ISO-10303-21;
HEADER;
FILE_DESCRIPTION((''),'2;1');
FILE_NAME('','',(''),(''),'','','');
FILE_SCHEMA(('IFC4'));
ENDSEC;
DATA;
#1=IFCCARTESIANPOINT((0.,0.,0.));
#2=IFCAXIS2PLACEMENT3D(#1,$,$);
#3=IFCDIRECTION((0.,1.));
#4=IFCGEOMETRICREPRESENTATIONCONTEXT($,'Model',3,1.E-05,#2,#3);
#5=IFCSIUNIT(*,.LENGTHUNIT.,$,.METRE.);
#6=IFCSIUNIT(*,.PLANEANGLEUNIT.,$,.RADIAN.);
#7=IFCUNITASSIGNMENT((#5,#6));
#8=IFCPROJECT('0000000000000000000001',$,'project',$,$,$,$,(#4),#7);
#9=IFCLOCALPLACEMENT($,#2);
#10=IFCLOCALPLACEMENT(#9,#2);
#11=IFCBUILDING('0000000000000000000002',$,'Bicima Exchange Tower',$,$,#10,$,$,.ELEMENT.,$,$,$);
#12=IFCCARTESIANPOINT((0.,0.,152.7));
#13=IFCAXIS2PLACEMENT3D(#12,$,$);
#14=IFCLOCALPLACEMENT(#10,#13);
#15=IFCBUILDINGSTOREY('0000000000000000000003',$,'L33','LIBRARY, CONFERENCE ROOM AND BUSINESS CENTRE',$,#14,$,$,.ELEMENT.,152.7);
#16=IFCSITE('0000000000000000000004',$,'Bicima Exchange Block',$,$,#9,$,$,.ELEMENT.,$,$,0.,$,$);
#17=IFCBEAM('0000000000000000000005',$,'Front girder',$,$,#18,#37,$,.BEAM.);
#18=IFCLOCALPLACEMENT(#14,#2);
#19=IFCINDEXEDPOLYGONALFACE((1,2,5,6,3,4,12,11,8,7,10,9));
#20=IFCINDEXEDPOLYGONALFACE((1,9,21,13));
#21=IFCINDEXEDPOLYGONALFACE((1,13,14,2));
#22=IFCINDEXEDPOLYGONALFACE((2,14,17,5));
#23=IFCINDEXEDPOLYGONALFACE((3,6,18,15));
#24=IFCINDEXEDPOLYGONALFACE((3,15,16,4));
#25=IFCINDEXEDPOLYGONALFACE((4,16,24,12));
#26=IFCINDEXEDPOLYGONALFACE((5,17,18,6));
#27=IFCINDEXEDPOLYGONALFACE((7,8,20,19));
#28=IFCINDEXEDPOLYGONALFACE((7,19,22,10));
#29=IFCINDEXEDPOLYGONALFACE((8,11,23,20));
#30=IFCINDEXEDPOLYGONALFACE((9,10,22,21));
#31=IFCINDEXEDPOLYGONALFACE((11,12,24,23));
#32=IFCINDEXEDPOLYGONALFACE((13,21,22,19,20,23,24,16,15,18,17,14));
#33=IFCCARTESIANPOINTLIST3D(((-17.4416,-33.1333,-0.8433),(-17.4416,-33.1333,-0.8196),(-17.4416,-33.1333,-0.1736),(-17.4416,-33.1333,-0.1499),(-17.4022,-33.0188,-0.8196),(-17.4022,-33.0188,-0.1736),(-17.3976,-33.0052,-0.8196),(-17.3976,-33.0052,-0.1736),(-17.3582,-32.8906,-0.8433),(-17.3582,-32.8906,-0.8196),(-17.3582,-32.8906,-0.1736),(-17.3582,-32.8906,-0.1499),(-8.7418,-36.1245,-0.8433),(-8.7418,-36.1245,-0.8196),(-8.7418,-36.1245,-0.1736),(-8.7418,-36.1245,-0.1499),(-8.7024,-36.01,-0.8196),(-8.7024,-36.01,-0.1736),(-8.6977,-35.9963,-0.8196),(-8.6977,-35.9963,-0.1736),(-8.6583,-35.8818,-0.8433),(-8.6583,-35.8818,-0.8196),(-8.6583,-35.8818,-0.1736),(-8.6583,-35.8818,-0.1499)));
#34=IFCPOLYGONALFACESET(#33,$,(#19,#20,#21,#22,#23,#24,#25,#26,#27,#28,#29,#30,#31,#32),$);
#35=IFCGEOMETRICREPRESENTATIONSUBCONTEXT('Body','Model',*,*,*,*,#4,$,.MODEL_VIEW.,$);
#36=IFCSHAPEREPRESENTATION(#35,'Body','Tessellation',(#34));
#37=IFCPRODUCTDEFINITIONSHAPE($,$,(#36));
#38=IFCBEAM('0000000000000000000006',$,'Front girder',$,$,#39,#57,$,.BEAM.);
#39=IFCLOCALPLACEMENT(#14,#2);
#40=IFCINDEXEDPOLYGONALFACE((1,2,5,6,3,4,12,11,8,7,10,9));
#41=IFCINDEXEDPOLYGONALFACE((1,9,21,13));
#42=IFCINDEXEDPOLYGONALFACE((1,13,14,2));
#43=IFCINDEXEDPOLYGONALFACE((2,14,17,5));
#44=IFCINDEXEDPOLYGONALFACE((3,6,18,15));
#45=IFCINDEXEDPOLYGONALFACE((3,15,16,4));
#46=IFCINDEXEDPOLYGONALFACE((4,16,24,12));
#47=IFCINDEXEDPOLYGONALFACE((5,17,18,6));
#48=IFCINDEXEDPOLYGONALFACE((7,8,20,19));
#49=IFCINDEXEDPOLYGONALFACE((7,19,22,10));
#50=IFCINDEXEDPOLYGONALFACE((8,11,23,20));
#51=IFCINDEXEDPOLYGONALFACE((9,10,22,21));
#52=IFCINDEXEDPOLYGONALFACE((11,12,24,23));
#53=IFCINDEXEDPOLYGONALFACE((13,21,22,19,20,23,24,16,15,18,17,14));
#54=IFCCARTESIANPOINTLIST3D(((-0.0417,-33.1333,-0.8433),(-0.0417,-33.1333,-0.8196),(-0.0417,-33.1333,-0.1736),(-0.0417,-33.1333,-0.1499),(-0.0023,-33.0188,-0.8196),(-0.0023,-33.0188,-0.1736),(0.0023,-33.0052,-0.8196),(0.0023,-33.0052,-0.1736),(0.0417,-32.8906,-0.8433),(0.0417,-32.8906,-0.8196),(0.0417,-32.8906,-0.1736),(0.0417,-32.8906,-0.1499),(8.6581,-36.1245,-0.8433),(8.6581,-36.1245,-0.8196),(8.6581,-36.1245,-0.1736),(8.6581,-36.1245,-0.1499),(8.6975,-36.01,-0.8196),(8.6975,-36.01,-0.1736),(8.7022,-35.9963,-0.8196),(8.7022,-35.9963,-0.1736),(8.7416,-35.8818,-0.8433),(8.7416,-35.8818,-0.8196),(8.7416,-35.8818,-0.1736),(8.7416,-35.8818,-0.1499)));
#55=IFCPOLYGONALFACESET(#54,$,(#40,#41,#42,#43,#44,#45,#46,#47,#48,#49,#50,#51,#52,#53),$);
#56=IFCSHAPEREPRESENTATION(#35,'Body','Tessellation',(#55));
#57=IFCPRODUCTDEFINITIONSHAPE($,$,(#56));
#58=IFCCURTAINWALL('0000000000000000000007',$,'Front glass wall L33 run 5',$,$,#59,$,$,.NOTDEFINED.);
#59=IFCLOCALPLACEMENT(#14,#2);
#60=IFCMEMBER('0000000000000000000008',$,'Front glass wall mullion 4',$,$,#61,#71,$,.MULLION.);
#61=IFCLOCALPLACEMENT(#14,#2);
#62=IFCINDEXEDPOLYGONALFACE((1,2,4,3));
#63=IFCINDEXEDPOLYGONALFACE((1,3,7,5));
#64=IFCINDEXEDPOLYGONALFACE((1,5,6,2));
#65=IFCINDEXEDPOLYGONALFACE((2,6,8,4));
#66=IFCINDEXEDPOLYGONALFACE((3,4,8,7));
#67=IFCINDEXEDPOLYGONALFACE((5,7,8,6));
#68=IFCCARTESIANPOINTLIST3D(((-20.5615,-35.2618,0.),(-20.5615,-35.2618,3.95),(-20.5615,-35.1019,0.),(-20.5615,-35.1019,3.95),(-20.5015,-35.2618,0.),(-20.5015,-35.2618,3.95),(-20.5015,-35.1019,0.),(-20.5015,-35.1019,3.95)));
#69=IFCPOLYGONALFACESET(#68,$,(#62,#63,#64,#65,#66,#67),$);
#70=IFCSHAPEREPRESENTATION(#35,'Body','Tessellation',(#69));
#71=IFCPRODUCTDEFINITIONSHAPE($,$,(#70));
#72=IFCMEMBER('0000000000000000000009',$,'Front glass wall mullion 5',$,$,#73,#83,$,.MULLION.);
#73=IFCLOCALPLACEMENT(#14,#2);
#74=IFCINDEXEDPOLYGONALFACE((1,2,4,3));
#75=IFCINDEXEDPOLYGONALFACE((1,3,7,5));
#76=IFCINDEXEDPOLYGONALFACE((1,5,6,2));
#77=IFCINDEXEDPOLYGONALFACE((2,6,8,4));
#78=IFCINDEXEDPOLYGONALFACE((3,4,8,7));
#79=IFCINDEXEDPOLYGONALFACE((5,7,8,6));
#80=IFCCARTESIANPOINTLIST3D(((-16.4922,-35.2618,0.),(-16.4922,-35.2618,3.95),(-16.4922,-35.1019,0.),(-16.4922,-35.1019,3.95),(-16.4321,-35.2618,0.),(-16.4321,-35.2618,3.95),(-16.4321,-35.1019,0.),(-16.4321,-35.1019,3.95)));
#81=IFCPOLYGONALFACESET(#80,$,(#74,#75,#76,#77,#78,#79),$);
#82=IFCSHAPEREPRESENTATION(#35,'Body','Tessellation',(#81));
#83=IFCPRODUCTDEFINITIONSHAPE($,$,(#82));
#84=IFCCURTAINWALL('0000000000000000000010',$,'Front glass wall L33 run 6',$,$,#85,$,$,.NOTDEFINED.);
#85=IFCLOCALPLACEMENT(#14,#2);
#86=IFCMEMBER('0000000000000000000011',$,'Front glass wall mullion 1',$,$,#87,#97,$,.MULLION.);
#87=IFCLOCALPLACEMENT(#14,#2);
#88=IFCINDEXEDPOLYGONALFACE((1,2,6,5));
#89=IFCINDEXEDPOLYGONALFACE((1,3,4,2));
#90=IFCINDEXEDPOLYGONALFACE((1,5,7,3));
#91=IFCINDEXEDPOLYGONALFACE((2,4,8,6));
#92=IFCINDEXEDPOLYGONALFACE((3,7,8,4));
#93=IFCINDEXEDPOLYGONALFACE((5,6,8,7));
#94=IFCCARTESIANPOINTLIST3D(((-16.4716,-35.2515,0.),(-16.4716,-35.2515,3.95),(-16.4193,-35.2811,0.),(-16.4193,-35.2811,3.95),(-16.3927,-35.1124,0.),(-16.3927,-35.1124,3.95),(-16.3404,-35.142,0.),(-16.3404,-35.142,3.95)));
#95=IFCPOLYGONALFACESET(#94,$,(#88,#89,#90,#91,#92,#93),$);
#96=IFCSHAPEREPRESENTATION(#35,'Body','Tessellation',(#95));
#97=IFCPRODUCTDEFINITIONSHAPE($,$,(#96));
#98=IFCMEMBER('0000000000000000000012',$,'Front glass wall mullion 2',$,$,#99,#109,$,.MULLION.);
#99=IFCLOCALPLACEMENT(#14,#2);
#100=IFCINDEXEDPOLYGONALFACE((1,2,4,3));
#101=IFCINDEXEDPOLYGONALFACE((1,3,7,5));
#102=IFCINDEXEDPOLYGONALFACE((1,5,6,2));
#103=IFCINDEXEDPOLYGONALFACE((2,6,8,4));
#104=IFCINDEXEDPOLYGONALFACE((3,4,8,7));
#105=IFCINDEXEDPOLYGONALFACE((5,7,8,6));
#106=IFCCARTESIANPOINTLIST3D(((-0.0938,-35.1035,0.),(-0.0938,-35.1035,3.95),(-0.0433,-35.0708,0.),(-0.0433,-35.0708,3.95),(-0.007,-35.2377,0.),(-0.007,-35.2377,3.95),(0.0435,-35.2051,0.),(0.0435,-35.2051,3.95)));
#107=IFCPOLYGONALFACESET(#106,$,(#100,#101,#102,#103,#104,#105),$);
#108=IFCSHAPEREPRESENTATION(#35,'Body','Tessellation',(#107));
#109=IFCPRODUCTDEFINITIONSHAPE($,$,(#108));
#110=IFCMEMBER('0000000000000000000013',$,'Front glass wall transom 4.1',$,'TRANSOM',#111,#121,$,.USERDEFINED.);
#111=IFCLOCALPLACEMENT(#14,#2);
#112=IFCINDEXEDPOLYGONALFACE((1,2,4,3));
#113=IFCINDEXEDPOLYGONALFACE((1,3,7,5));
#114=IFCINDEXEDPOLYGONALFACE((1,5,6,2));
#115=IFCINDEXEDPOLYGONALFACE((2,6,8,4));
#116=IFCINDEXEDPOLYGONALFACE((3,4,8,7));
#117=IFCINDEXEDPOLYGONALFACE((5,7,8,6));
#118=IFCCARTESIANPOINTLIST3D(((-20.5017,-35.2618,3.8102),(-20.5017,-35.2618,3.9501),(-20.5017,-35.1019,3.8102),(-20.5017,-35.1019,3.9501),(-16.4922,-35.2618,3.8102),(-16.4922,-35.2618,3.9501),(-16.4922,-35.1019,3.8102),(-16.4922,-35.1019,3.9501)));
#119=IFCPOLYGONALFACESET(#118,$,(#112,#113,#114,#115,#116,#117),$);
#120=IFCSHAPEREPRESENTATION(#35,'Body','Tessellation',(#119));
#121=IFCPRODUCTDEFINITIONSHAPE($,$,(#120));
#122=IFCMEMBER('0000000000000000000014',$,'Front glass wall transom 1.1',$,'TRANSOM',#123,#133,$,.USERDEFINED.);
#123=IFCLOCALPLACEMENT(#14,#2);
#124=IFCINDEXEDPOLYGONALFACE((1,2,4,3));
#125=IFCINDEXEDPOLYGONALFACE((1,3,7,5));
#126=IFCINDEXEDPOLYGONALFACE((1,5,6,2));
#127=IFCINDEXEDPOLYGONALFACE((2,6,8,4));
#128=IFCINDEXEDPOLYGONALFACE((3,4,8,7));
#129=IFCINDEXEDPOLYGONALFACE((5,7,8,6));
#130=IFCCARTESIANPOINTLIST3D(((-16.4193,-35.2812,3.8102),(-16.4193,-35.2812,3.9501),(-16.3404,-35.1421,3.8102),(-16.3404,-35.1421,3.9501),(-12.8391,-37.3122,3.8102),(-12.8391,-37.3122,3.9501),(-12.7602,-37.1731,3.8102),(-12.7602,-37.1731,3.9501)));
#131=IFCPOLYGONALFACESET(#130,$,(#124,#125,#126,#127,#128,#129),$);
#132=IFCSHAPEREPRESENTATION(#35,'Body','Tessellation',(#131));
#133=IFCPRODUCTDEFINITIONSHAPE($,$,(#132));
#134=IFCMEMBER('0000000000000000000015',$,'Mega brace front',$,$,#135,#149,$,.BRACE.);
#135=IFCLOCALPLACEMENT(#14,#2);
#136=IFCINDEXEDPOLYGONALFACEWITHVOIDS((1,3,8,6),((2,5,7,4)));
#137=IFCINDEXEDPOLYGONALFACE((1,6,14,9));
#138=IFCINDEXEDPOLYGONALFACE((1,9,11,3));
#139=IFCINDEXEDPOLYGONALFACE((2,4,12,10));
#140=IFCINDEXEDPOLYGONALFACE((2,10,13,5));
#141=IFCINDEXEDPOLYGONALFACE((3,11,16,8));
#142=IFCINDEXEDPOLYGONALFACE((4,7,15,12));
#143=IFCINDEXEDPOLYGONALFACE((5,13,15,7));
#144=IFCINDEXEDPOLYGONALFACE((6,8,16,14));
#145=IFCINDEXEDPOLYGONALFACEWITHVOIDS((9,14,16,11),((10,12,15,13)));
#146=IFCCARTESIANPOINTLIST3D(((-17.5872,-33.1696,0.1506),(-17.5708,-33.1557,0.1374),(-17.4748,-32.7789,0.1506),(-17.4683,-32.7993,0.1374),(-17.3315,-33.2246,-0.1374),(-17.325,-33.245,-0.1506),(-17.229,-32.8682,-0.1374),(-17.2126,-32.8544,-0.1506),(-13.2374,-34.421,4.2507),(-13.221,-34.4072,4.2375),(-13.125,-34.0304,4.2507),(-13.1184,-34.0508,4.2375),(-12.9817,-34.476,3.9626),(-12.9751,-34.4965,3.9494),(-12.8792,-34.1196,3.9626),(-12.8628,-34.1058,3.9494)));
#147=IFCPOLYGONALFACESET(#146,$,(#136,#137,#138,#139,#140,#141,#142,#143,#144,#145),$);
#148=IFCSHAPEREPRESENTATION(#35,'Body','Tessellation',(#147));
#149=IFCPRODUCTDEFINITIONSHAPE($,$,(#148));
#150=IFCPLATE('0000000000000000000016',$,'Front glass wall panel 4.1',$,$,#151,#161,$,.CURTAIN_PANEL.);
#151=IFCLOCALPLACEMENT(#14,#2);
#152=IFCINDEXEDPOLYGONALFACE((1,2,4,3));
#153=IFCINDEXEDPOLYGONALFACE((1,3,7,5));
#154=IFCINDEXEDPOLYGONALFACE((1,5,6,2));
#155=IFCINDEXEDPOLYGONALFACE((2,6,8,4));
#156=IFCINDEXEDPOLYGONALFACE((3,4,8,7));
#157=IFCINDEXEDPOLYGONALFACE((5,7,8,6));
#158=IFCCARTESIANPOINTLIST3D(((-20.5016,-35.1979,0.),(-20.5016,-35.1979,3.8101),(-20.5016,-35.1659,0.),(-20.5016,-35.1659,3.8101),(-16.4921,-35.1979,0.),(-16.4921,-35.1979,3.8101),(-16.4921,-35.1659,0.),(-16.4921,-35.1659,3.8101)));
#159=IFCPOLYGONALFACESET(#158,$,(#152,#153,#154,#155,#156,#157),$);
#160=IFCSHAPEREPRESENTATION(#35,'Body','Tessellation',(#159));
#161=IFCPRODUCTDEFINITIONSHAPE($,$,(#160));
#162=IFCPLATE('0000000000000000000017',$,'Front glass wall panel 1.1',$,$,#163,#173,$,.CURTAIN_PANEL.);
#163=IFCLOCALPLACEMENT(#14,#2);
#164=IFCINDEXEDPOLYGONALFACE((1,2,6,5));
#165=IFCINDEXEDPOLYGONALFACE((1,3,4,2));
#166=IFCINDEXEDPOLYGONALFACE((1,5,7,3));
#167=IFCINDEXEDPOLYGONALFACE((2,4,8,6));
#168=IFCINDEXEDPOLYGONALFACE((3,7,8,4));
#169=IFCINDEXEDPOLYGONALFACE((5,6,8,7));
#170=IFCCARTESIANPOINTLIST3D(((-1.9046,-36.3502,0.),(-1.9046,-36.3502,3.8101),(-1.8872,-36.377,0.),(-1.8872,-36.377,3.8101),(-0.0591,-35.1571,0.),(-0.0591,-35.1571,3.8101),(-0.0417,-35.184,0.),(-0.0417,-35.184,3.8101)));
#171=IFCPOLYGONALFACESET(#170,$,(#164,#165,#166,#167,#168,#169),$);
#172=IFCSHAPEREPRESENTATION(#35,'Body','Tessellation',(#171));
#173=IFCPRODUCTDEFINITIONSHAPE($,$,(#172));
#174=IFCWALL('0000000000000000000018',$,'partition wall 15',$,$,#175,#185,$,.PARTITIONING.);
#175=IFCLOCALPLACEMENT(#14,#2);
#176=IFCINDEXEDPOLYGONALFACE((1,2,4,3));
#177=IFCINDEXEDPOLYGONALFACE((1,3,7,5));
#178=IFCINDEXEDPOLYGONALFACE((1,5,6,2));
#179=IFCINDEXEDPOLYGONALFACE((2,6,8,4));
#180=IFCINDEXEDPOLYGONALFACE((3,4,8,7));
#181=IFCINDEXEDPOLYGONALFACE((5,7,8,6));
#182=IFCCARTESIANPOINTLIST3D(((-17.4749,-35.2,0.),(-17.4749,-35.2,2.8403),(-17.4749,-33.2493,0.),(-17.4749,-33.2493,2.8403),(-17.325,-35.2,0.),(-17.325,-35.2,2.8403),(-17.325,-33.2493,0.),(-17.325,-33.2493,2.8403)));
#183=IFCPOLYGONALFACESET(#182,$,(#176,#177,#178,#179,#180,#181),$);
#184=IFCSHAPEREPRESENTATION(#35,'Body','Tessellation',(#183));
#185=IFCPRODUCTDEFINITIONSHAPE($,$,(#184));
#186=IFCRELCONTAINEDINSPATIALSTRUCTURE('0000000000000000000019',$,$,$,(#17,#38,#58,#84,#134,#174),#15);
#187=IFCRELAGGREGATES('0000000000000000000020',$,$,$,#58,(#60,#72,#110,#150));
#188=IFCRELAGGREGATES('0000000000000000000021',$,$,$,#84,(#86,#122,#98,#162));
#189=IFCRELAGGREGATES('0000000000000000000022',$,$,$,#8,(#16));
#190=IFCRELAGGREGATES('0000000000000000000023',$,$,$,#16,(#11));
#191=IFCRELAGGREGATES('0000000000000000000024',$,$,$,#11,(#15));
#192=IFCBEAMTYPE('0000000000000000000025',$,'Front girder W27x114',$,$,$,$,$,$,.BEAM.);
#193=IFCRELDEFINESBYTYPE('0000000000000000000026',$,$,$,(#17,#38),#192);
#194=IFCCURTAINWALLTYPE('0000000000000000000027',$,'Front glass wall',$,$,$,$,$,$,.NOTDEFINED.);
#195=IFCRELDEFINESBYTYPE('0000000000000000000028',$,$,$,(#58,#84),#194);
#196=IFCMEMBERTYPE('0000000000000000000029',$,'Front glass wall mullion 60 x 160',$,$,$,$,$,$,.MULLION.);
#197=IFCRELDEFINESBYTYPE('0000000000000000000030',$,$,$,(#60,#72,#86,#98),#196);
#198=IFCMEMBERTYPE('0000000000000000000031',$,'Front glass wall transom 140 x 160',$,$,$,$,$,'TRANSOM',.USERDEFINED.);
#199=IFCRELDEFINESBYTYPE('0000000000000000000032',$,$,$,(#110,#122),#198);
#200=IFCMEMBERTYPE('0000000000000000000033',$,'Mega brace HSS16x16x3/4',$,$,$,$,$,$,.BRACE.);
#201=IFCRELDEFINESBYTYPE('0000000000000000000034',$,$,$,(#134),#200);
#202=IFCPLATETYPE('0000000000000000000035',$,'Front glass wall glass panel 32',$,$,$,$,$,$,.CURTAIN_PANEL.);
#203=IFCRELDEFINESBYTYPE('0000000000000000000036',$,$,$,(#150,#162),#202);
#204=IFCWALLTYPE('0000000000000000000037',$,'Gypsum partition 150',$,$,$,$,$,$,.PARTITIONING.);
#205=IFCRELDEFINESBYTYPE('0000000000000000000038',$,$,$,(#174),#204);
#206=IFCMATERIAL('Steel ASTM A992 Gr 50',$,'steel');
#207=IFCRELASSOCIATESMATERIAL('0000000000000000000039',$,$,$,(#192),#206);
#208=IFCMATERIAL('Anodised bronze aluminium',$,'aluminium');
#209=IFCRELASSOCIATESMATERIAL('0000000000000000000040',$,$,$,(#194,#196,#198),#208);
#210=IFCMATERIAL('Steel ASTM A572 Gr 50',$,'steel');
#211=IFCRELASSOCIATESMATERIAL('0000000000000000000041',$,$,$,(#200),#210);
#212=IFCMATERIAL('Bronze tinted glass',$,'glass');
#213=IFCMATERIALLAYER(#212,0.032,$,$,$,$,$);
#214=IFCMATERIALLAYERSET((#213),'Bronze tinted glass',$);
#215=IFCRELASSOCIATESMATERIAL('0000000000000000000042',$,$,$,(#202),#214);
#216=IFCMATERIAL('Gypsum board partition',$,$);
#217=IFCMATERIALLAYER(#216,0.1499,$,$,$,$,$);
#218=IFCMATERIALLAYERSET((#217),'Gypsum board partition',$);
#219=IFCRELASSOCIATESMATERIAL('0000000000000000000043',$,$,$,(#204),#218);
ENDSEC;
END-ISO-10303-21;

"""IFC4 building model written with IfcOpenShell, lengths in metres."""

from ifc_helpers import new_model, si_unit, direction, frame, frame_2d, origin, origin_2d, place, context, subcontext, project, spatial, rectangle, hollow_rectangle, i_section, extrude, material, layer, layer_set, material_profile, profile_set, type_object, element, aggregate, save


model = new_model("IFC4")

# Units and contexts
model_context = context("Model", 3, precision=1e-05, world=origin(), true_north=direction((0.0, 1.0)))
body_context = subcontext(model_context, "Body", "Model", "MODEL_VIEW")
ifc_project = project(units=[si_unit("LENGTHUNIT", "METRE"), si_unit("PLANEANGLEUNIT", "RADIAN")], contexts=[model_context])

# Site, building, storey
site_placement = place(None, origin())
site = spatial("IfcSite", under=ifc_project, at=site_placement, Name="Bicima Exchange Block", CompositionType="ELEMENT", RefElevation=0.0)
building_placement = place(site_placement, origin())
building = spatial("IfcBuilding", under=site, at=building_placement, Name="Bicima Exchange Tower", CompositionType="ELEMENT")
storey_placement = place(building_placement, frame((0.0, 0.0, 152.7)))
storey = spatial("IfcBuildingStorey", under=building, at=storey_placement, Name="L33", Description="LIBRARY, CONFERENCE ROOM AND BUSINESS CENTRE", CompositionType="ELEMENT", Elevation=152.7)

# Shared definitions
ifc_material_1 = material(Name="Steel ASTM A992 Gr 50", Category="steel")

# Beams
ifc_material_profile_1 = material_profile(ifc_material_1, i_section(OverallWidth=0.2566, OverallDepth=0.6934, WebThickness=0.0144, FlangeThickness=0.0237, at=origin_2d()))
ifc_profile_set_1 = profile_set([ifc_material_profile_1], Name="Steel ASTM A992 Gr 50")
beam_type_1 = type_object("IfcBeamType", Name="Front girder W27x114", PredefinedType="BEAM", material=ifc_profile_set_1)
for number, where, z_axis, x_axis, name in (
    (1, (-17.3999, -33.012, -0.4966), (0.945666, -0.325138, 0.0), (0.325138, 0.945666, 0.0), "Front girder"),
    (2, (0.0, -33.012, -0.4966), (0.945666, -0.325138, 0.0), (0.325138, 0.945666, 0.0), "Front girder"),
):
    element("IfcBeam", number, at=place(storey_placement, frame(where, z_axis=z_axis, x_axis=x_axis)), inside=storey, type_object=beam_type_1, Name=name, PredefinedType="BEAM", context=body_context, shape_type="SweptSolid", body=[
        extrude(i_section(OverallWidth=0.2566, OverallDepth=0.6934, WebThickness=0.0144, FlangeThickness=0.0237, at=origin_2d()), origin(), (0.0, 0.0, 1.0), 9.1997),
    ])

# Curtain walls, members
ifc_material_2 = material(Name="Anodised bronze aluminium", Category="aluminium")
curtain_wall_type = type_object("IfcCurtainWallType", Name="Front glass wall", PredefinedType="NOTDEFINED", material=ifc_material_2)
curtain_wall_1_placement = place(storey_placement, origin())
curtain_wall_1 = element("IfcCurtainWall", 3, at=curtain_wall_1_placement, inside=storey, type_object=curtain_wall_type, Name="Front glass wall L33 run 5", PredefinedType="NOTDEFINED")
ifc_material_profile_2 = material_profile(ifc_material_2, rectangle(XDim=0.1599, YDim=0.0601, at=origin_2d()))
ifc_profile_set_2 = profile_set([ifc_material_profile_2], Name="Anodised bronze aluminium")
member_type_1 = type_object("IfcMemberType", Name="Front glass wall mullion 60 x 160", PredefinedType="MULLION", material=ifc_profile_set_2)
member_1_placement = place(storey_placement, frame((-20.5315, -35.1819, 0.0), z_axis=(0.0, 0.0, 1.0), x_axis=(0.0, 1.0, 0.0)))
member_1 = element("IfcMember", 4, at=member_1_placement, type_object=member_type_1, Name="Front glass wall mullion 4", PredefinedType="MULLION", context=body_context, shape_type="SweptSolid", body=[
    extrude(rectangle(XDim=0.1599, YDim=0.0601, at=origin_2d()), origin(), (0.0, 0.0, 1.0), 3.95),
])
member_2_placement = place(storey_placement, frame((-16.4622, -35.1819, 0.0), z_axis=(0.0, 0.0, 1.0), x_axis=(0.0, 1.0, 0.0)))
member_2 = element("IfcMember", 5, at=member_2_placement, type_object=member_type_1, Name="Front glass wall mullion 5", PredefinedType="MULLION", context=body_context, shape_type="SweptSolid", body=[
    extrude(rectangle(XDim=0.1599, YDim=0.0601, at=origin_2d()), origin(), (0.0, 0.0, 1.0), 3.95),
])
curtain_wall_2_placement = place(storey_placement, origin())
curtain_wall_2 = element("IfcCurtainWall", 6, at=curtain_wall_2_placement, inside=storey, type_object=curtain_wall_type, Name="Front glass wall L33 run 6", PredefinedType="NOTDEFINED")
member_3_placement = place(storey_placement, frame((-16.406, -35.1968, 0.0), z_axis=(0.0, 0.0, 1.0), x_axis=(0.493395, 0.869805, 0.0)))
member_3 = element("IfcMember", 7, at=member_3_placement, type_object=member_type_1, Name="Front glass wall mullion 1", PredefinedType="MULLION", context=body_context, shape_type="SweptSolid", body=[
    extrude(rectangle(XDim=0.1599, YDim=0.0601, at=origin_2d()), origin(), (0.0, 0.0, 1.0), 3.95),
])
member_4_placement = place(storey_placement, frame((-0.0251, -35.1543, 0.0), z_axis=(0.0, 0.0, 1.0), x_axis=(-0.542897, 0.839799, 0.0)))
member_4 = element("IfcMember", 8, at=member_4_placement, type_object=member_type_1, Name="Front glass wall mullion 2", PredefinedType="MULLION", context=body_context, shape_type="SweptSolid", body=[
    extrude(rectangle(XDim=0.1599, YDim=0.0601, at=origin_2d()), origin(), (0.0, 0.0, 1.0), 3.95),
])

# Members
ifc_material_profile_3 = material_profile(ifc_material_2, rectangle(XDim=0.1599, YDim=0.1399, at=origin_2d()))
ifc_profile_set_3 = profile_set([ifc_material_profile_3], Name="Anodised bronze aluminium")
member_type_2 = type_object("IfcMemberType", Name="Front glass wall transom 140 x 160", ElementType="TRANSOM", PredefinedType="USERDEFINED", material=ifc_profile_set_3)
member_5_placement = place(storey_placement, frame((-20.5017, -35.1819, 3.8801), z_axis=(1.0, 0.0, 0.0), x_axis=(0.0, 1.0, 0.0)))
member_5 = element("IfcMember", 9, at=member_5_placement, type_object=member_type_2, Name="Front glass wall transom 4.1", ObjectType="TRANSOM", PredefinedType="USERDEFINED", context=body_context, shape_type="SweptSolid", body=[
    extrude(rectangle(XDim=0.1599, YDim=0.1399, at=origin_2d()), origin(), (0.0, 0.0, 1.0), 4.0095),
])
member_6_placement = place(storey_placement, frame((-16.3799, -35.2117, 3.8801), z_axis=(0.869797, -0.493409, 0.0), x_axis=(0.493409, 0.869797, 0.0)))
member_6 = element("IfcMember", 10, at=member_6_placement, type_object=member_type_2, Name="Front glass wall transom 1.1", ObjectType="TRANSOM", PredefinedType="USERDEFINED", context=body_context, shape_type="SweptSolid", body=[
    extrude(rectangle(XDim=0.1599, YDim=0.1399, at=origin_2d()), origin(), (0.0, 0.0, 1.0), 4.1162),
])
ifc_material_3 = material(Name="Steel ASTM A572 Gr 50", Category="steel")
ifc_material_profile_4 = material_profile(ifc_material_3, hollow_rectangle(XDim=0.4065, YDim=0.4065, WallThickness=0.0178, at=origin_2d()))
ifc_profile_set_4 = profile_set([ifc_material_profile_4], Name="Steel ASTM A572 Gr 50")
member_type_3 = type_object("IfcMemberType", Name="Mega brace HSS16x16x3/4", PredefinedType="BRACE", material=ifc_profile_set_4)
member_7_placement = place(storey_placement, frame((-17.3999, -33.012, 0.0), z_axis=(0.712247, -0.204915, 0.671352), x_axis=(0.276487, 0.961018, 0.0)))
element("IfcMember", 11, at=member_7_placement, inside=storey, type_object=member_type_3, Name="Mega brace front", PredefinedType="BRACE", context=body_context, shape_type="SweptSolid", body=[
    extrude(hollow_rectangle(XDim=0.4065, YDim=0.4065, WallThickness=0.0178, at=origin_2d()), origin(), (0.0, 0.0, 1.0), 6.1072),
])

# Plates
ifc_material_4 = material(Name="Bronze tinted glass", Category="glass")
ifc_layer_1 = layer(ifc_material_4, 0.032)
ifc_layer_set_1 = layer_set([ifc_layer_1], Name="Bronze tinted glass")
plate_type = type_object("IfcPlateType", Name="Front glass wall glass panel 32", PredefinedType="CURTAIN_PANEL", material=ifc_layer_set_1)
plate_1_placement = place(storey_placement, frame((-18.4968, -35.1819, 0.0), z_axis=(0.0, 0.0, 1.0), x_axis=(1.0, 0.0, 0.0)))
plate_1 = element("IfcPlate", 12, at=plate_1_placement, type_object=plate_type, Name="Front glass wall panel 4.1", PredefinedType="CURTAIN_PANEL", context=body_context, shape_type="SweptSolid", body=[
    extrude(rectangle(XDim=4.0095, YDim=0.032, at=origin_2d()), origin(), (0.0, 0.0, 1.0), 3.8101),
])
aggregate(curtain_wall_1, [member_1, member_2, member_5, plate_1])
plate_2_placement = place(storey_placement, frame((-0.9731, -35.7671, 0.0), z_axis=(0.0, 0.0, 1.0), x_axis=(0.839799, 0.542897, 0.0)))
plate_2 = element("IfcPlate", 13, at=plate_2_placement, type_object=plate_type, Name="Front glass wall panel 1.1", PredefinedType="CURTAIN_PANEL", context=body_context, shape_type="SweptSolid", body=[
    extrude(rectangle(XDim=2.1975, YDim=0.032, at=origin_2d()), origin(), (0.0, 0.0, 1.0), 3.8101),
])
aggregate(curtain_wall_2, [member_3, member_6, member_4, plate_2])

# Wall
ifc_material_5 = material(Name="Gypsum board partition")
ifc_layer_2 = layer(ifc_material_5, 0.1499)
ifc_layer_set_2 = layer_set([ifc_layer_2], Name="Gypsum board partition")
wall_type = type_object("IfcWallType", Name="Gypsum partition 150", PredefinedType="PARTITIONING", material=ifc_layer_set_2)
wall_1_placement = place(storey_placement, frame((-17.3999, -35.2, 0.0), z_axis=(0.0, 0.0, 1.0), x_axis=(0.0, 1.0, 0.0)))
element("IfcWall", 14, at=wall_1_placement, inside=storey, type_object=wall_type, Name="partition wall 15", PredefinedType="PARTITIONING", context=body_context, shape_type="SweptSolid", body=[
    extrude(rectangle(XDim=1.9507, YDim=0.1499, at=frame_2d((0.9753, 0.0))), origin(), (0.0, 0.0, 1.0), 2.8403),
])

save(model, "model.ifc")
